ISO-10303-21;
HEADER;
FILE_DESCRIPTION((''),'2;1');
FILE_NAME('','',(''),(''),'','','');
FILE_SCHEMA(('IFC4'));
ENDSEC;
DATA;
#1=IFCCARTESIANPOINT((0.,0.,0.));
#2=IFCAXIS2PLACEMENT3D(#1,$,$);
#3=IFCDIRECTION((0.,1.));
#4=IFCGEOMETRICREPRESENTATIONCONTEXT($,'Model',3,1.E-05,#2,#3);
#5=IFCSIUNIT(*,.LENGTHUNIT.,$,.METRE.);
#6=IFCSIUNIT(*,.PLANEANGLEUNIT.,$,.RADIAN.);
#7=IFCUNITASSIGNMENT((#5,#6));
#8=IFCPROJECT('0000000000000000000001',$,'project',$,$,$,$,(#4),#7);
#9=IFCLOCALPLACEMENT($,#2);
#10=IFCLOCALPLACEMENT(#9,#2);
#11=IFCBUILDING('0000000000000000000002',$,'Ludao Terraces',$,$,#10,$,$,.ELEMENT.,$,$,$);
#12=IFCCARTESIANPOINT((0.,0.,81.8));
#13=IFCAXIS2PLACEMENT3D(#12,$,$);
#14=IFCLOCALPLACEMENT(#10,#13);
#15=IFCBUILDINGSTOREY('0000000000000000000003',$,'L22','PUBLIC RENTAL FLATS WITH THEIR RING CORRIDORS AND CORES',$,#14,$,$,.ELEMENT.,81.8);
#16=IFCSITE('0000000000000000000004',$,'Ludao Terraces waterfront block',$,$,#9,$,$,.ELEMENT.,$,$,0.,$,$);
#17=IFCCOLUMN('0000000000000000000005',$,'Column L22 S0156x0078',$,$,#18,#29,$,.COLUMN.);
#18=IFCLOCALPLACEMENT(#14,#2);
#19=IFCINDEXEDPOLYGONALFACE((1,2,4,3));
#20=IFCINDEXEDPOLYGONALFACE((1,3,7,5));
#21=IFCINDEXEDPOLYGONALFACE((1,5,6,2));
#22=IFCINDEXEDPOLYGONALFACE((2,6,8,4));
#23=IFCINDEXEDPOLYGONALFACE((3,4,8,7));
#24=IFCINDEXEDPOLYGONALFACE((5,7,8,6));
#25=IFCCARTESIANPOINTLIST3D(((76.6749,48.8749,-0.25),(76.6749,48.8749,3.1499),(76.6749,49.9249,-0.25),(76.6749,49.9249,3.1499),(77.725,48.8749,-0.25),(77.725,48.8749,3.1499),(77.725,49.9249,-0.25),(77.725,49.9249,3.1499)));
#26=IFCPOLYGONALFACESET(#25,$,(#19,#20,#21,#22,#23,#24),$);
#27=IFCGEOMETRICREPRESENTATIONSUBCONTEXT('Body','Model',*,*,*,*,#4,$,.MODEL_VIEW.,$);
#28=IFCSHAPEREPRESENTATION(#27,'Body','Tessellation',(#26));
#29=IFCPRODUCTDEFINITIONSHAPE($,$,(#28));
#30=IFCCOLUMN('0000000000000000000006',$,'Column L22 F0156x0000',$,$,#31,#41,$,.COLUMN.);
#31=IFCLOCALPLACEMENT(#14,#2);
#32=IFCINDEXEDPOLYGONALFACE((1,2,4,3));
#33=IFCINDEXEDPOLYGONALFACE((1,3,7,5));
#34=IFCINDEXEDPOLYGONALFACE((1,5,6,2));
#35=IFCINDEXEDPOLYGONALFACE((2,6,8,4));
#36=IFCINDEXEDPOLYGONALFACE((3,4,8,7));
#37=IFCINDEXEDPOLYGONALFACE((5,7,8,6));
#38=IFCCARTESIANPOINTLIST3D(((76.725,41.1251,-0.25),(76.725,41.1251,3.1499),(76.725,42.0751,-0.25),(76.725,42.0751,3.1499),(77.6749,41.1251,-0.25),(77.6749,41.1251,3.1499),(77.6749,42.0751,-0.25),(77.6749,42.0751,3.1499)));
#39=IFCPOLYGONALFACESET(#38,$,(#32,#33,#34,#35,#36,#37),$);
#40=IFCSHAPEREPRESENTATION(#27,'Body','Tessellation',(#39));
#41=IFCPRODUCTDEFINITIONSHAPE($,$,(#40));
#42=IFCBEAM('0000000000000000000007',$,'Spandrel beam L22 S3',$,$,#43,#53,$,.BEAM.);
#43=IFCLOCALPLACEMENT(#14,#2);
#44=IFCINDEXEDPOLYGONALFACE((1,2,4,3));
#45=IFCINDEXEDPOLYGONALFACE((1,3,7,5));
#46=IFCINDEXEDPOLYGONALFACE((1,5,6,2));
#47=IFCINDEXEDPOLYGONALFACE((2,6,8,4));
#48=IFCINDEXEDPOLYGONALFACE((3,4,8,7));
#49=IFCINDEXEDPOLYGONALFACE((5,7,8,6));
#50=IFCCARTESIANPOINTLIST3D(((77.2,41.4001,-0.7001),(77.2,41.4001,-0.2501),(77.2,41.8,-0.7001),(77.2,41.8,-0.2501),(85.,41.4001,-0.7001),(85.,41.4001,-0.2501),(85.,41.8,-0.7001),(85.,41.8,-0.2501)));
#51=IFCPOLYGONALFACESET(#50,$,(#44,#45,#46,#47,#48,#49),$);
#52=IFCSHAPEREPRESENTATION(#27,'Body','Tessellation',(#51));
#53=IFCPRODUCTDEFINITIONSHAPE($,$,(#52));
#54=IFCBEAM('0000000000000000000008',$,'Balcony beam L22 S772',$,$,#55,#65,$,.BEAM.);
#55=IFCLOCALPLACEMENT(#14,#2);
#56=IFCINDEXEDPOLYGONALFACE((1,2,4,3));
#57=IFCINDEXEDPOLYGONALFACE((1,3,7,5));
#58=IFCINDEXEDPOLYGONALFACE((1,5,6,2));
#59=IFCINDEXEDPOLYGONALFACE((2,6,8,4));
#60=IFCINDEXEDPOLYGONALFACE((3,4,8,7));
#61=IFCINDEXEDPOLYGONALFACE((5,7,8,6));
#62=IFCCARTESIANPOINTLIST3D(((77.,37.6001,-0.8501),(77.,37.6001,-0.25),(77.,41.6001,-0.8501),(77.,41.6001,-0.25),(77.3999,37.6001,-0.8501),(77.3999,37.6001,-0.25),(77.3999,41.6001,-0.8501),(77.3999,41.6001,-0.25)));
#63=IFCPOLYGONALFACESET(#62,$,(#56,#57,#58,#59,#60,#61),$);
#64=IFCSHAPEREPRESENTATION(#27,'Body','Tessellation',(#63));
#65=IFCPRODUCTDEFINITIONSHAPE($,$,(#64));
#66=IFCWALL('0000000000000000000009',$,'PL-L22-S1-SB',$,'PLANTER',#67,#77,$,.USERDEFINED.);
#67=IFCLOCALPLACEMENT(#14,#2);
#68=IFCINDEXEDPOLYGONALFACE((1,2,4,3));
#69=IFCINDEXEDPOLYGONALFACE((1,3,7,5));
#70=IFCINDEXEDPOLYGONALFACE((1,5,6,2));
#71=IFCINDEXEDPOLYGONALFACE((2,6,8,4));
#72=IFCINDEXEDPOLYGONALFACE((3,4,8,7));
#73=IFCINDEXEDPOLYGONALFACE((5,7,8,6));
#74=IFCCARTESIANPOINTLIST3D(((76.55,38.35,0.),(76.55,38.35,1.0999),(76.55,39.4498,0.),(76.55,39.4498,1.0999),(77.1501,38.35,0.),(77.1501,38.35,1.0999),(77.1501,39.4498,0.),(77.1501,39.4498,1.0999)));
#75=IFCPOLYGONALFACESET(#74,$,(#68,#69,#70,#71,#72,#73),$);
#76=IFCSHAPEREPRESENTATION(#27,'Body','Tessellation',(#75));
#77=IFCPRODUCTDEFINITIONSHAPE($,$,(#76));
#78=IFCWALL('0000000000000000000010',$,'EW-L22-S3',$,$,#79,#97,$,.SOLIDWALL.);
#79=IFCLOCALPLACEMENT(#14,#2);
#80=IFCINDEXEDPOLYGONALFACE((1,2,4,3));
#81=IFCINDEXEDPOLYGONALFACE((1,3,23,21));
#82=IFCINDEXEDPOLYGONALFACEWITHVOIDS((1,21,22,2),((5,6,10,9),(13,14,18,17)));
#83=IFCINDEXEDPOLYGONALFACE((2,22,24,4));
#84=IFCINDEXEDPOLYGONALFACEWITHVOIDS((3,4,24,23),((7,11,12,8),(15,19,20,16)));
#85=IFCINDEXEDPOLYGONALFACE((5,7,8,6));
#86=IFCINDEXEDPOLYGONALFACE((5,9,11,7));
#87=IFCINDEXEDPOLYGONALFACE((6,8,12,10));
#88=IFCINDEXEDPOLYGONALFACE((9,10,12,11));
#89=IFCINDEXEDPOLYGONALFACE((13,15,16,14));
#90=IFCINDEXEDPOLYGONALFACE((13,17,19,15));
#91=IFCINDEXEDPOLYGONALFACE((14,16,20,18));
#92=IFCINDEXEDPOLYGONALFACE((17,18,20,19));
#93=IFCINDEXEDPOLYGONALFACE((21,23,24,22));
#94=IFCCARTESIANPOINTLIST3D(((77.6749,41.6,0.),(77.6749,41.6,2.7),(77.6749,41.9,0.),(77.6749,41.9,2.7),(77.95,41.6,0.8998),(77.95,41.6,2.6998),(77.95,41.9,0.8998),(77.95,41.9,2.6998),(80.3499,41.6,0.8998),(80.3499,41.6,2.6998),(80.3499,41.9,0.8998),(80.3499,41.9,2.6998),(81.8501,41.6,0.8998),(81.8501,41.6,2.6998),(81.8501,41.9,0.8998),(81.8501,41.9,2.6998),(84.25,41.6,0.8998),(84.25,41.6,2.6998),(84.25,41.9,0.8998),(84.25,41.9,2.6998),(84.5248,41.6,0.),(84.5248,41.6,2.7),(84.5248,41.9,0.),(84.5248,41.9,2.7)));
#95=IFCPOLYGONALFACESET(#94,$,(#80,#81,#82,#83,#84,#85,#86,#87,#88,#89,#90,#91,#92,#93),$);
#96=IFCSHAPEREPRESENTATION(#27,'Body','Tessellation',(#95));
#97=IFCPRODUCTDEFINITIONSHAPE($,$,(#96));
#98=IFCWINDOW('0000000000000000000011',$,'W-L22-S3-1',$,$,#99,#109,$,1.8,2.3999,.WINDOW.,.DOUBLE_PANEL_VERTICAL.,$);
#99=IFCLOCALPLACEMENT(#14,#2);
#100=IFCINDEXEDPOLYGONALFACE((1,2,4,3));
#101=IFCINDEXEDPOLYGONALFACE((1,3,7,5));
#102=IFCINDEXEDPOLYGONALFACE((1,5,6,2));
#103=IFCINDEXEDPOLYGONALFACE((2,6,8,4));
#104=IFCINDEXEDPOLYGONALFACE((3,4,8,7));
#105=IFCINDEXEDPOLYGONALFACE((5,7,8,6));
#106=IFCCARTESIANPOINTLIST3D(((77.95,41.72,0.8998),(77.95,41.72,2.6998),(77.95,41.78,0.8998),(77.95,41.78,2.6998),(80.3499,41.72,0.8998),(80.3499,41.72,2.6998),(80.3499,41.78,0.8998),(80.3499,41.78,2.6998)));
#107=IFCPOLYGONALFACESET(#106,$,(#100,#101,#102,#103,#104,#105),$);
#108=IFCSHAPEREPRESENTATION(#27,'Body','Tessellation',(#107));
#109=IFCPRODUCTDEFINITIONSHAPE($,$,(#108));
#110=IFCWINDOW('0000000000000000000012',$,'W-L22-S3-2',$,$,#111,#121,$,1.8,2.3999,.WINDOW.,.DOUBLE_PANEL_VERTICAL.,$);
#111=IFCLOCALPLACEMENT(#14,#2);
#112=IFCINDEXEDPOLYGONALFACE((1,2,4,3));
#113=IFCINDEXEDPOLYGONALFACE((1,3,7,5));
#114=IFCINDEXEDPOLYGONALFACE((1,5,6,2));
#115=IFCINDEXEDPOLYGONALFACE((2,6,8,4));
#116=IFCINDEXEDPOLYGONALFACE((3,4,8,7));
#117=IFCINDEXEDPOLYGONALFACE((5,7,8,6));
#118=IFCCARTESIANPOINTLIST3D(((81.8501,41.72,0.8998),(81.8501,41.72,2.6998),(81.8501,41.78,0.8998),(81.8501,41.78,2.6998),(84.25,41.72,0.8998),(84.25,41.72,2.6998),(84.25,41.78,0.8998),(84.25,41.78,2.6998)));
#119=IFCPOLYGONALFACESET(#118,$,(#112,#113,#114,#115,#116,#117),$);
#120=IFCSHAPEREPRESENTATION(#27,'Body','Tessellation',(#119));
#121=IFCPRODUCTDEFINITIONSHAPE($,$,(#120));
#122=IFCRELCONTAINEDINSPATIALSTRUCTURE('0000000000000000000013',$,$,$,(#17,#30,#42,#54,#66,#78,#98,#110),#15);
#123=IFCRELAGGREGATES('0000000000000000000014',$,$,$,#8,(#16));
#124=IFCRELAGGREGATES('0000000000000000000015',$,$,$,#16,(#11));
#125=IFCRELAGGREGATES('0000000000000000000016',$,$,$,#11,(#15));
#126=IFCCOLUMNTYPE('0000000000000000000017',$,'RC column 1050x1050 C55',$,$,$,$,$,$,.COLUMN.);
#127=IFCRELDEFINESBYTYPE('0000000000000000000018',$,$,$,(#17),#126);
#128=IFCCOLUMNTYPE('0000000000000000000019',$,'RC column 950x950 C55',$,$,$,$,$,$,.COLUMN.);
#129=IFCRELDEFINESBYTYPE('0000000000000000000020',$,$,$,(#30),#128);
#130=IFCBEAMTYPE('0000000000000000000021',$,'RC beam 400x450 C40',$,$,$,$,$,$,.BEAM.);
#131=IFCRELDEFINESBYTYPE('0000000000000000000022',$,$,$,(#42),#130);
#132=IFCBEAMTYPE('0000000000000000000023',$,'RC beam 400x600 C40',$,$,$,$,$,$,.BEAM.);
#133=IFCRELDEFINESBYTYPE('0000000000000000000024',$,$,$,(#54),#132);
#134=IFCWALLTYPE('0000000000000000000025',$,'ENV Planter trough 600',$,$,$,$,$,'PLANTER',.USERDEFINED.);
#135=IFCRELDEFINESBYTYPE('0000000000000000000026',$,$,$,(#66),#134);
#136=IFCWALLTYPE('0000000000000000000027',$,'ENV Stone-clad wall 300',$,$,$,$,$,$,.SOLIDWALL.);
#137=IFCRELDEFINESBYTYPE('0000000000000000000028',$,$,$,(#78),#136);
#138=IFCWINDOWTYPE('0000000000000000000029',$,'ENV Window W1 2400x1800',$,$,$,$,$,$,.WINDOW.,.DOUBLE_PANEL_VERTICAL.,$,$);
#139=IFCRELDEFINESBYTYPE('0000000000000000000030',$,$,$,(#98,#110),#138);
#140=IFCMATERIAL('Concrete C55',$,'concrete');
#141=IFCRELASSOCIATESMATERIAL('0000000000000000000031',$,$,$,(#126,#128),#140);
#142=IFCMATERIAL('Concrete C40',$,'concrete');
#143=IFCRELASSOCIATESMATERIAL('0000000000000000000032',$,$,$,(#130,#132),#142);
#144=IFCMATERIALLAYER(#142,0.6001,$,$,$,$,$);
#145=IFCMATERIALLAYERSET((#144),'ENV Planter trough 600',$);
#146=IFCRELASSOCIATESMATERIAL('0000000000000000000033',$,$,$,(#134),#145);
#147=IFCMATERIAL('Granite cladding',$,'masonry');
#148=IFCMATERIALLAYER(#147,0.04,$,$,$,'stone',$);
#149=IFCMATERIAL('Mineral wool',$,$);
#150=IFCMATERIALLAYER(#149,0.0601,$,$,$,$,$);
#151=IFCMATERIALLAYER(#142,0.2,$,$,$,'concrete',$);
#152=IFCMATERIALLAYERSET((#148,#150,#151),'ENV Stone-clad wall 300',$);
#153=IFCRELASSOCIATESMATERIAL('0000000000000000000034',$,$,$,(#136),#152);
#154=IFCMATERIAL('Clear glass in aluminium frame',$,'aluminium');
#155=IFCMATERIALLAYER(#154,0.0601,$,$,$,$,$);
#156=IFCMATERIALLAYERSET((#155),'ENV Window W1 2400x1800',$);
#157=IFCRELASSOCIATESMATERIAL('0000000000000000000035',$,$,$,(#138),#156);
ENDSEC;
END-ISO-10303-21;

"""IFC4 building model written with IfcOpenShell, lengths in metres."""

from ifc_helpers import new_model, si_unit, direction, frame, frame_2d, origin, origin_2d, place, context, subcontext, project, spatial, rectangle, extrude, material, layer, layer_set, material_profile, profile_set, type_object, element, fill, save


model = new_model("IFC4")

# Units and contexts
model_context = context("Model", 3, precision=1e-05, world=origin(), true_north=direction((0.0, 1.0)))
body_context = subcontext(model_context, "Body", "Model", "MODEL_VIEW")
ifc_project = project(units=[si_unit("LENGTHUNIT", "METRE"), si_unit("PLANEANGLEUNIT", "RADIAN")], contexts=[model_context])

# Site, building, storey
site_placement = place(None, origin())
site = spatial("IfcSite", under=ifc_project, at=site_placement, Name="Ludao Terraces waterfront block", CompositionType="ELEMENT", RefElevation=0.0)
building_placement = place(site_placement, origin())
building = spatial("IfcBuilding", under=site, at=building_placement, Name="Ludao Terraces", CompositionType="ELEMENT")
storey_placement = place(building_placement, frame((0.0, 0.0, 81.8)))
storey = spatial("IfcBuildingStorey", under=building, at=storey_placement, Name="L22", Description="PUBLIC RENTAL FLATS WITH THEIR RING CORRIDORS AND CORES", CompositionType="ELEMENT", Elevation=81.8)

# Columns
ifc_material_1 = material(Name="Concrete C55", Category="concrete")
ifc_material_profile_1 = material_profile(ifc_material_1, rectangle(XDim=1.05, YDim=1.05, at=origin_2d()), Name="1050 X 1050")
ifc_profile_set_1 = profile_set([ifc_material_profile_1], Name="Concrete C55")
column_type_1 = type_object("IfcColumnType", Name="RC column 1050x1050 C55", PredefinedType="COLUMN", material=ifc_profile_set_1)
column_1_placement = place(storey_placement, frame((77.2, 49.3999, -0.25), z_axis=(0.0, 0.0, 1.0), x_axis=(1.0, 0.0, 0.0)))
element("IfcColumn", 1, at=column_1_placement, inside=storey, type_object=column_type_1, Name="Column L22 S0156x0078", PredefinedType="COLUMN", context=body_context, shape_type="SweptSolid", body=[
    extrude(rectangle(XDim=1.05, YDim=1.05, at=origin_2d()), origin(), (0.0, 0.0, 1.0), 3.3999),
])
ifc_material_profile_2 = material_profile(ifc_material_1, rectangle(XDim=0.95, YDim=0.95, at=origin_2d()), Name="950 X 950")
ifc_profile_set_2 = profile_set([ifc_material_profile_2], Name="Concrete C55")
column_type_2 = type_object("IfcColumnType", Name="RC column 950x950 C55", PredefinedType="COLUMN", material=ifc_profile_set_2)
column_2_placement = place(storey_placement, frame((77.2, 41.6001, -0.25), z_axis=(0.0, 0.0, 1.0), x_axis=(1.0, 0.0, 0.0)))
element("IfcColumn", 2, at=column_2_placement, inside=storey, type_object=column_type_2, Name="Column L22 F0156x0000", PredefinedType="COLUMN", context=body_context, shape_type="SweptSolid", body=[
    extrude(rectangle(XDim=0.95, YDim=0.95, at=origin_2d()), origin(), (0.0, 0.0, 1.0), 3.3999),
])

# Beams
ifc_material_2 = material(Name="Concrete C40", Category="concrete")
ifc_material_profile_3 = material_profile(ifc_material_2, rectangle(XDim=0.3999, YDim=0.45, at=origin_2d()), Name="400 X 450")
ifc_profile_set_3 = profile_set([ifc_material_profile_3], Name="Concrete C40")
beam_type_1 = type_object("IfcBeamType", Name="RC beam 400x450 C40", PredefinedType="BEAM", material=ifc_profile_set_3)
beam_1_placement = place(storey_placement, frame((77.2, 41.6001, -0.4751), z_axis=(1.0, 0.0, 0.0), x_axis=(0.0, 1.0, 0.0)))
element("IfcBeam", 3, at=beam_1_placement, inside=storey, type_object=beam_type_1, Name="Spandrel beam L22 S3", PredefinedType="BEAM", context=body_context, shape_type="SweptSolid", body=[
    extrude(rectangle(XDim=0.3999, YDim=0.45, at=origin_2d()), origin(), (0.0, 0.0, 1.0), 7.8),
])
ifc_material_profile_4 = material_profile(ifc_material_2, rectangle(XDim=0.3999, YDim=0.6001, at=origin_2d()), Name="400 X 600")
ifc_profile_set_4 = profile_set([ifc_material_profile_4], Name="Concrete C40")
beam_type_2 = type_object("IfcBeamType", Name="RC beam 400x600 C40", PredefinedType="BEAM", material=ifc_profile_set_4)
beam_2_placement = place(storey_placement, frame((77.2, 41.6001, -0.55), z_axis=(0.0, -1.0, 0.0), x_axis=(1.0, 0.0, 0.0)))
element("IfcBeam", 4, at=beam_2_placement, inside=storey, type_object=beam_type_2, Name="Balcony beam L22 S772", PredefinedType="BEAM", context=body_context, shape_type="SweptSolid", body=[
    extrude(rectangle(XDim=0.3999, YDim=0.6001, at=origin_2d()), origin(), (0.0, 0.0, 1.0), 4.0),
])

# Wall
ifc_layer_1 = layer(ifc_material_2, 0.6001)
ifc_layer_set_1 = layer_set([ifc_layer_1], Name="ENV Planter trough 600")
wall_type_1 = type_object("IfcWallType", Name="ENV Planter trough 600", ElementType="PLANTER", PredefinedType="USERDEFINED", material=ifc_layer_set_1)
wall_1_placement = place(storey_placement, frame((76.8501, 38.3501, 0.0), z_axis=(0.0, 0.0, 1.0), x_axis=(0.0, 1.0, 0.0)))
element("IfcWall", 5, at=wall_1_placement, inside=storey, type_object=wall_type_1, Name="PL-L22-S1-SB", ObjectType="PLANTER", PredefinedType="USERDEFINED", context=body_context, shape_type="SweptSolid", body=[
    extrude(rectangle(XDim=1.0999, YDim=0.6001, at=frame_2d((0.5498, 0.0))), origin(), (0.0, 0.0, 1.0), 1.0999),
])

# Wall, openings, windows
ifc_material_3 = material(Name="Granite cladding", Category="masonry")
ifc_layer_2 = layer(ifc_material_3, 0.04, Category="stone")
ifc_material_4 = material(Name="Mineral wool")
ifc_layer_3 = layer(ifc_material_4, 0.0601)
ifc_layer_4 = layer(ifc_material_2, 0.2, Category="concrete")
ifc_layer_set_2 = layer_set([ifc_layer_2, ifc_layer_3, ifc_layer_4], Name="ENV Stone-clad wall 300")
wall_type_2 = type_object("IfcWallType", Name="ENV Stone-clad wall 300", PredefinedType="SOLIDWALL", material=ifc_layer_set_2)
wall_2_placement = place(storey_placement, frame((77.675, 41.75, 0.0), z_axis=(0.0, 0.0, 1.0), x_axis=(1.0, 0.0, 0.0)))
wall_2 = element("IfcWall", 6, at=wall_2_placement, inside=storey, type_object=wall_type_2, Name="EW-L22-S3", PredefinedType="SOLIDWALL", context=body_context, shape_type="SweptSolid", body=[
    extrude(rectangle(XDim=6.8499, YDim=0.3, at=frame_2d((3.4248, 0.0))), origin(), (0.0, 0.0, 1.0), 2.7),
])
opening_1_placement = place(wall_2_placement, frame((0.2749, 0.0, 0.8999)))
opening_1 = element("IfcOpeningElement", 7, at=opening_1_placement, cuts=wall_2, PredefinedType="OPENING", context=body_context, shape_type="SweptSolid", body=[
    extrude(rectangle(XDim=2.3999, YDim=1.8, at=frame_2d((1.2, 0.8999))), frame((0.0, 0.1602, 0.0), z_axis=(0.0, -1.0, 0.0), x_axis=(1.0, 0.0, 0.0)), (0.0, 0.0, 1.0), 0.3201),
])
opening_2_placement = place(wall_2_placement, frame((4.175, 0.0, 0.8999)))
opening_2 = element("IfcOpeningElement", 8, at=opening_2_placement, cuts=wall_2, PredefinedType="OPENING", context=body_context, shape_type="SweptSolid", body=[
    extrude(rectangle(XDim=2.3999, YDim=1.8, at=frame_2d((1.2, 0.8999))), frame((0.0, 0.1602, 0.0), z_axis=(0.0, -1.0, 0.0), x_axis=(1.0, 0.0, 0.0)), (0.0, 0.0, 1.0), 0.3201),
])
ifc_material_5 = material(Name="Clear glass in aluminium frame", Category="aluminium")
ifc_layer_5 = layer(ifc_material_5, 0.0601)
ifc_layer_set_3 = layer_set([ifc_layer_5], Name="ENV Window W1 2400x1800")
window_type = type_object("IfcWindowType", Name="ENV Window W1 2400x1800", PartitioningType="DOUBLE_PANEL_VERTICAL", PredefinedType="WINDOW", material=ifc_layer_set_3)
window_1_placement = place(opening_1_placement, origin())
window_1 = element("IfcWindow", 9, at=window_1_placement, inside=storey, type_object=window_type, Name="W-L22-S3-1", OverallHeight=1.8, OverallWidth=2.3999, PartitioningType="DOUBLE_PANEL_VERTICAL", PredefinedType="WINDOW", context=body_context, shape_type="SweptSolid", body=[
    extrude(rectangle(XDim=2.3999, YDim=1.8, at=frame_2d((1.2, 0.8999))), frame((0.0, 0.03, 0.0), z_axis=(0.0, -1.0, 0.0), x_axis=(1.0, 0.0, 0.0)), (0.0, 0.0, 1.0), 0.0601),
])
fill(opening_1, window_1)
window_2_placement = place(opening_2_placement, origin())
window_2 = element("IfcWindow", 10, at=window_2_placement, inside=storey, type_object=window_type, Name="W-L22-S3-2", OverallHeight=1.8, OverallWidth=2.3999, PartitioningType="DOUBLE_PANEL_VERTICAL", PredefinedType="WINDOW", context=body_context, shape_type="SweptSolid", body=[
    extrude(rectangle(XDim=2.3999, YDim=1.8, at=frame_2d((1.2, 0.8999))), frame((0.0, 0.03, 0.0), z_axis=(0.0, -1.0, 0.0), x_axis=(1.0, 0.0, 0.0)), (0.0, 0.0, 1.0), 0.0601),
])
fill(opening_2, window_2)

save(model, "model.ifc")
